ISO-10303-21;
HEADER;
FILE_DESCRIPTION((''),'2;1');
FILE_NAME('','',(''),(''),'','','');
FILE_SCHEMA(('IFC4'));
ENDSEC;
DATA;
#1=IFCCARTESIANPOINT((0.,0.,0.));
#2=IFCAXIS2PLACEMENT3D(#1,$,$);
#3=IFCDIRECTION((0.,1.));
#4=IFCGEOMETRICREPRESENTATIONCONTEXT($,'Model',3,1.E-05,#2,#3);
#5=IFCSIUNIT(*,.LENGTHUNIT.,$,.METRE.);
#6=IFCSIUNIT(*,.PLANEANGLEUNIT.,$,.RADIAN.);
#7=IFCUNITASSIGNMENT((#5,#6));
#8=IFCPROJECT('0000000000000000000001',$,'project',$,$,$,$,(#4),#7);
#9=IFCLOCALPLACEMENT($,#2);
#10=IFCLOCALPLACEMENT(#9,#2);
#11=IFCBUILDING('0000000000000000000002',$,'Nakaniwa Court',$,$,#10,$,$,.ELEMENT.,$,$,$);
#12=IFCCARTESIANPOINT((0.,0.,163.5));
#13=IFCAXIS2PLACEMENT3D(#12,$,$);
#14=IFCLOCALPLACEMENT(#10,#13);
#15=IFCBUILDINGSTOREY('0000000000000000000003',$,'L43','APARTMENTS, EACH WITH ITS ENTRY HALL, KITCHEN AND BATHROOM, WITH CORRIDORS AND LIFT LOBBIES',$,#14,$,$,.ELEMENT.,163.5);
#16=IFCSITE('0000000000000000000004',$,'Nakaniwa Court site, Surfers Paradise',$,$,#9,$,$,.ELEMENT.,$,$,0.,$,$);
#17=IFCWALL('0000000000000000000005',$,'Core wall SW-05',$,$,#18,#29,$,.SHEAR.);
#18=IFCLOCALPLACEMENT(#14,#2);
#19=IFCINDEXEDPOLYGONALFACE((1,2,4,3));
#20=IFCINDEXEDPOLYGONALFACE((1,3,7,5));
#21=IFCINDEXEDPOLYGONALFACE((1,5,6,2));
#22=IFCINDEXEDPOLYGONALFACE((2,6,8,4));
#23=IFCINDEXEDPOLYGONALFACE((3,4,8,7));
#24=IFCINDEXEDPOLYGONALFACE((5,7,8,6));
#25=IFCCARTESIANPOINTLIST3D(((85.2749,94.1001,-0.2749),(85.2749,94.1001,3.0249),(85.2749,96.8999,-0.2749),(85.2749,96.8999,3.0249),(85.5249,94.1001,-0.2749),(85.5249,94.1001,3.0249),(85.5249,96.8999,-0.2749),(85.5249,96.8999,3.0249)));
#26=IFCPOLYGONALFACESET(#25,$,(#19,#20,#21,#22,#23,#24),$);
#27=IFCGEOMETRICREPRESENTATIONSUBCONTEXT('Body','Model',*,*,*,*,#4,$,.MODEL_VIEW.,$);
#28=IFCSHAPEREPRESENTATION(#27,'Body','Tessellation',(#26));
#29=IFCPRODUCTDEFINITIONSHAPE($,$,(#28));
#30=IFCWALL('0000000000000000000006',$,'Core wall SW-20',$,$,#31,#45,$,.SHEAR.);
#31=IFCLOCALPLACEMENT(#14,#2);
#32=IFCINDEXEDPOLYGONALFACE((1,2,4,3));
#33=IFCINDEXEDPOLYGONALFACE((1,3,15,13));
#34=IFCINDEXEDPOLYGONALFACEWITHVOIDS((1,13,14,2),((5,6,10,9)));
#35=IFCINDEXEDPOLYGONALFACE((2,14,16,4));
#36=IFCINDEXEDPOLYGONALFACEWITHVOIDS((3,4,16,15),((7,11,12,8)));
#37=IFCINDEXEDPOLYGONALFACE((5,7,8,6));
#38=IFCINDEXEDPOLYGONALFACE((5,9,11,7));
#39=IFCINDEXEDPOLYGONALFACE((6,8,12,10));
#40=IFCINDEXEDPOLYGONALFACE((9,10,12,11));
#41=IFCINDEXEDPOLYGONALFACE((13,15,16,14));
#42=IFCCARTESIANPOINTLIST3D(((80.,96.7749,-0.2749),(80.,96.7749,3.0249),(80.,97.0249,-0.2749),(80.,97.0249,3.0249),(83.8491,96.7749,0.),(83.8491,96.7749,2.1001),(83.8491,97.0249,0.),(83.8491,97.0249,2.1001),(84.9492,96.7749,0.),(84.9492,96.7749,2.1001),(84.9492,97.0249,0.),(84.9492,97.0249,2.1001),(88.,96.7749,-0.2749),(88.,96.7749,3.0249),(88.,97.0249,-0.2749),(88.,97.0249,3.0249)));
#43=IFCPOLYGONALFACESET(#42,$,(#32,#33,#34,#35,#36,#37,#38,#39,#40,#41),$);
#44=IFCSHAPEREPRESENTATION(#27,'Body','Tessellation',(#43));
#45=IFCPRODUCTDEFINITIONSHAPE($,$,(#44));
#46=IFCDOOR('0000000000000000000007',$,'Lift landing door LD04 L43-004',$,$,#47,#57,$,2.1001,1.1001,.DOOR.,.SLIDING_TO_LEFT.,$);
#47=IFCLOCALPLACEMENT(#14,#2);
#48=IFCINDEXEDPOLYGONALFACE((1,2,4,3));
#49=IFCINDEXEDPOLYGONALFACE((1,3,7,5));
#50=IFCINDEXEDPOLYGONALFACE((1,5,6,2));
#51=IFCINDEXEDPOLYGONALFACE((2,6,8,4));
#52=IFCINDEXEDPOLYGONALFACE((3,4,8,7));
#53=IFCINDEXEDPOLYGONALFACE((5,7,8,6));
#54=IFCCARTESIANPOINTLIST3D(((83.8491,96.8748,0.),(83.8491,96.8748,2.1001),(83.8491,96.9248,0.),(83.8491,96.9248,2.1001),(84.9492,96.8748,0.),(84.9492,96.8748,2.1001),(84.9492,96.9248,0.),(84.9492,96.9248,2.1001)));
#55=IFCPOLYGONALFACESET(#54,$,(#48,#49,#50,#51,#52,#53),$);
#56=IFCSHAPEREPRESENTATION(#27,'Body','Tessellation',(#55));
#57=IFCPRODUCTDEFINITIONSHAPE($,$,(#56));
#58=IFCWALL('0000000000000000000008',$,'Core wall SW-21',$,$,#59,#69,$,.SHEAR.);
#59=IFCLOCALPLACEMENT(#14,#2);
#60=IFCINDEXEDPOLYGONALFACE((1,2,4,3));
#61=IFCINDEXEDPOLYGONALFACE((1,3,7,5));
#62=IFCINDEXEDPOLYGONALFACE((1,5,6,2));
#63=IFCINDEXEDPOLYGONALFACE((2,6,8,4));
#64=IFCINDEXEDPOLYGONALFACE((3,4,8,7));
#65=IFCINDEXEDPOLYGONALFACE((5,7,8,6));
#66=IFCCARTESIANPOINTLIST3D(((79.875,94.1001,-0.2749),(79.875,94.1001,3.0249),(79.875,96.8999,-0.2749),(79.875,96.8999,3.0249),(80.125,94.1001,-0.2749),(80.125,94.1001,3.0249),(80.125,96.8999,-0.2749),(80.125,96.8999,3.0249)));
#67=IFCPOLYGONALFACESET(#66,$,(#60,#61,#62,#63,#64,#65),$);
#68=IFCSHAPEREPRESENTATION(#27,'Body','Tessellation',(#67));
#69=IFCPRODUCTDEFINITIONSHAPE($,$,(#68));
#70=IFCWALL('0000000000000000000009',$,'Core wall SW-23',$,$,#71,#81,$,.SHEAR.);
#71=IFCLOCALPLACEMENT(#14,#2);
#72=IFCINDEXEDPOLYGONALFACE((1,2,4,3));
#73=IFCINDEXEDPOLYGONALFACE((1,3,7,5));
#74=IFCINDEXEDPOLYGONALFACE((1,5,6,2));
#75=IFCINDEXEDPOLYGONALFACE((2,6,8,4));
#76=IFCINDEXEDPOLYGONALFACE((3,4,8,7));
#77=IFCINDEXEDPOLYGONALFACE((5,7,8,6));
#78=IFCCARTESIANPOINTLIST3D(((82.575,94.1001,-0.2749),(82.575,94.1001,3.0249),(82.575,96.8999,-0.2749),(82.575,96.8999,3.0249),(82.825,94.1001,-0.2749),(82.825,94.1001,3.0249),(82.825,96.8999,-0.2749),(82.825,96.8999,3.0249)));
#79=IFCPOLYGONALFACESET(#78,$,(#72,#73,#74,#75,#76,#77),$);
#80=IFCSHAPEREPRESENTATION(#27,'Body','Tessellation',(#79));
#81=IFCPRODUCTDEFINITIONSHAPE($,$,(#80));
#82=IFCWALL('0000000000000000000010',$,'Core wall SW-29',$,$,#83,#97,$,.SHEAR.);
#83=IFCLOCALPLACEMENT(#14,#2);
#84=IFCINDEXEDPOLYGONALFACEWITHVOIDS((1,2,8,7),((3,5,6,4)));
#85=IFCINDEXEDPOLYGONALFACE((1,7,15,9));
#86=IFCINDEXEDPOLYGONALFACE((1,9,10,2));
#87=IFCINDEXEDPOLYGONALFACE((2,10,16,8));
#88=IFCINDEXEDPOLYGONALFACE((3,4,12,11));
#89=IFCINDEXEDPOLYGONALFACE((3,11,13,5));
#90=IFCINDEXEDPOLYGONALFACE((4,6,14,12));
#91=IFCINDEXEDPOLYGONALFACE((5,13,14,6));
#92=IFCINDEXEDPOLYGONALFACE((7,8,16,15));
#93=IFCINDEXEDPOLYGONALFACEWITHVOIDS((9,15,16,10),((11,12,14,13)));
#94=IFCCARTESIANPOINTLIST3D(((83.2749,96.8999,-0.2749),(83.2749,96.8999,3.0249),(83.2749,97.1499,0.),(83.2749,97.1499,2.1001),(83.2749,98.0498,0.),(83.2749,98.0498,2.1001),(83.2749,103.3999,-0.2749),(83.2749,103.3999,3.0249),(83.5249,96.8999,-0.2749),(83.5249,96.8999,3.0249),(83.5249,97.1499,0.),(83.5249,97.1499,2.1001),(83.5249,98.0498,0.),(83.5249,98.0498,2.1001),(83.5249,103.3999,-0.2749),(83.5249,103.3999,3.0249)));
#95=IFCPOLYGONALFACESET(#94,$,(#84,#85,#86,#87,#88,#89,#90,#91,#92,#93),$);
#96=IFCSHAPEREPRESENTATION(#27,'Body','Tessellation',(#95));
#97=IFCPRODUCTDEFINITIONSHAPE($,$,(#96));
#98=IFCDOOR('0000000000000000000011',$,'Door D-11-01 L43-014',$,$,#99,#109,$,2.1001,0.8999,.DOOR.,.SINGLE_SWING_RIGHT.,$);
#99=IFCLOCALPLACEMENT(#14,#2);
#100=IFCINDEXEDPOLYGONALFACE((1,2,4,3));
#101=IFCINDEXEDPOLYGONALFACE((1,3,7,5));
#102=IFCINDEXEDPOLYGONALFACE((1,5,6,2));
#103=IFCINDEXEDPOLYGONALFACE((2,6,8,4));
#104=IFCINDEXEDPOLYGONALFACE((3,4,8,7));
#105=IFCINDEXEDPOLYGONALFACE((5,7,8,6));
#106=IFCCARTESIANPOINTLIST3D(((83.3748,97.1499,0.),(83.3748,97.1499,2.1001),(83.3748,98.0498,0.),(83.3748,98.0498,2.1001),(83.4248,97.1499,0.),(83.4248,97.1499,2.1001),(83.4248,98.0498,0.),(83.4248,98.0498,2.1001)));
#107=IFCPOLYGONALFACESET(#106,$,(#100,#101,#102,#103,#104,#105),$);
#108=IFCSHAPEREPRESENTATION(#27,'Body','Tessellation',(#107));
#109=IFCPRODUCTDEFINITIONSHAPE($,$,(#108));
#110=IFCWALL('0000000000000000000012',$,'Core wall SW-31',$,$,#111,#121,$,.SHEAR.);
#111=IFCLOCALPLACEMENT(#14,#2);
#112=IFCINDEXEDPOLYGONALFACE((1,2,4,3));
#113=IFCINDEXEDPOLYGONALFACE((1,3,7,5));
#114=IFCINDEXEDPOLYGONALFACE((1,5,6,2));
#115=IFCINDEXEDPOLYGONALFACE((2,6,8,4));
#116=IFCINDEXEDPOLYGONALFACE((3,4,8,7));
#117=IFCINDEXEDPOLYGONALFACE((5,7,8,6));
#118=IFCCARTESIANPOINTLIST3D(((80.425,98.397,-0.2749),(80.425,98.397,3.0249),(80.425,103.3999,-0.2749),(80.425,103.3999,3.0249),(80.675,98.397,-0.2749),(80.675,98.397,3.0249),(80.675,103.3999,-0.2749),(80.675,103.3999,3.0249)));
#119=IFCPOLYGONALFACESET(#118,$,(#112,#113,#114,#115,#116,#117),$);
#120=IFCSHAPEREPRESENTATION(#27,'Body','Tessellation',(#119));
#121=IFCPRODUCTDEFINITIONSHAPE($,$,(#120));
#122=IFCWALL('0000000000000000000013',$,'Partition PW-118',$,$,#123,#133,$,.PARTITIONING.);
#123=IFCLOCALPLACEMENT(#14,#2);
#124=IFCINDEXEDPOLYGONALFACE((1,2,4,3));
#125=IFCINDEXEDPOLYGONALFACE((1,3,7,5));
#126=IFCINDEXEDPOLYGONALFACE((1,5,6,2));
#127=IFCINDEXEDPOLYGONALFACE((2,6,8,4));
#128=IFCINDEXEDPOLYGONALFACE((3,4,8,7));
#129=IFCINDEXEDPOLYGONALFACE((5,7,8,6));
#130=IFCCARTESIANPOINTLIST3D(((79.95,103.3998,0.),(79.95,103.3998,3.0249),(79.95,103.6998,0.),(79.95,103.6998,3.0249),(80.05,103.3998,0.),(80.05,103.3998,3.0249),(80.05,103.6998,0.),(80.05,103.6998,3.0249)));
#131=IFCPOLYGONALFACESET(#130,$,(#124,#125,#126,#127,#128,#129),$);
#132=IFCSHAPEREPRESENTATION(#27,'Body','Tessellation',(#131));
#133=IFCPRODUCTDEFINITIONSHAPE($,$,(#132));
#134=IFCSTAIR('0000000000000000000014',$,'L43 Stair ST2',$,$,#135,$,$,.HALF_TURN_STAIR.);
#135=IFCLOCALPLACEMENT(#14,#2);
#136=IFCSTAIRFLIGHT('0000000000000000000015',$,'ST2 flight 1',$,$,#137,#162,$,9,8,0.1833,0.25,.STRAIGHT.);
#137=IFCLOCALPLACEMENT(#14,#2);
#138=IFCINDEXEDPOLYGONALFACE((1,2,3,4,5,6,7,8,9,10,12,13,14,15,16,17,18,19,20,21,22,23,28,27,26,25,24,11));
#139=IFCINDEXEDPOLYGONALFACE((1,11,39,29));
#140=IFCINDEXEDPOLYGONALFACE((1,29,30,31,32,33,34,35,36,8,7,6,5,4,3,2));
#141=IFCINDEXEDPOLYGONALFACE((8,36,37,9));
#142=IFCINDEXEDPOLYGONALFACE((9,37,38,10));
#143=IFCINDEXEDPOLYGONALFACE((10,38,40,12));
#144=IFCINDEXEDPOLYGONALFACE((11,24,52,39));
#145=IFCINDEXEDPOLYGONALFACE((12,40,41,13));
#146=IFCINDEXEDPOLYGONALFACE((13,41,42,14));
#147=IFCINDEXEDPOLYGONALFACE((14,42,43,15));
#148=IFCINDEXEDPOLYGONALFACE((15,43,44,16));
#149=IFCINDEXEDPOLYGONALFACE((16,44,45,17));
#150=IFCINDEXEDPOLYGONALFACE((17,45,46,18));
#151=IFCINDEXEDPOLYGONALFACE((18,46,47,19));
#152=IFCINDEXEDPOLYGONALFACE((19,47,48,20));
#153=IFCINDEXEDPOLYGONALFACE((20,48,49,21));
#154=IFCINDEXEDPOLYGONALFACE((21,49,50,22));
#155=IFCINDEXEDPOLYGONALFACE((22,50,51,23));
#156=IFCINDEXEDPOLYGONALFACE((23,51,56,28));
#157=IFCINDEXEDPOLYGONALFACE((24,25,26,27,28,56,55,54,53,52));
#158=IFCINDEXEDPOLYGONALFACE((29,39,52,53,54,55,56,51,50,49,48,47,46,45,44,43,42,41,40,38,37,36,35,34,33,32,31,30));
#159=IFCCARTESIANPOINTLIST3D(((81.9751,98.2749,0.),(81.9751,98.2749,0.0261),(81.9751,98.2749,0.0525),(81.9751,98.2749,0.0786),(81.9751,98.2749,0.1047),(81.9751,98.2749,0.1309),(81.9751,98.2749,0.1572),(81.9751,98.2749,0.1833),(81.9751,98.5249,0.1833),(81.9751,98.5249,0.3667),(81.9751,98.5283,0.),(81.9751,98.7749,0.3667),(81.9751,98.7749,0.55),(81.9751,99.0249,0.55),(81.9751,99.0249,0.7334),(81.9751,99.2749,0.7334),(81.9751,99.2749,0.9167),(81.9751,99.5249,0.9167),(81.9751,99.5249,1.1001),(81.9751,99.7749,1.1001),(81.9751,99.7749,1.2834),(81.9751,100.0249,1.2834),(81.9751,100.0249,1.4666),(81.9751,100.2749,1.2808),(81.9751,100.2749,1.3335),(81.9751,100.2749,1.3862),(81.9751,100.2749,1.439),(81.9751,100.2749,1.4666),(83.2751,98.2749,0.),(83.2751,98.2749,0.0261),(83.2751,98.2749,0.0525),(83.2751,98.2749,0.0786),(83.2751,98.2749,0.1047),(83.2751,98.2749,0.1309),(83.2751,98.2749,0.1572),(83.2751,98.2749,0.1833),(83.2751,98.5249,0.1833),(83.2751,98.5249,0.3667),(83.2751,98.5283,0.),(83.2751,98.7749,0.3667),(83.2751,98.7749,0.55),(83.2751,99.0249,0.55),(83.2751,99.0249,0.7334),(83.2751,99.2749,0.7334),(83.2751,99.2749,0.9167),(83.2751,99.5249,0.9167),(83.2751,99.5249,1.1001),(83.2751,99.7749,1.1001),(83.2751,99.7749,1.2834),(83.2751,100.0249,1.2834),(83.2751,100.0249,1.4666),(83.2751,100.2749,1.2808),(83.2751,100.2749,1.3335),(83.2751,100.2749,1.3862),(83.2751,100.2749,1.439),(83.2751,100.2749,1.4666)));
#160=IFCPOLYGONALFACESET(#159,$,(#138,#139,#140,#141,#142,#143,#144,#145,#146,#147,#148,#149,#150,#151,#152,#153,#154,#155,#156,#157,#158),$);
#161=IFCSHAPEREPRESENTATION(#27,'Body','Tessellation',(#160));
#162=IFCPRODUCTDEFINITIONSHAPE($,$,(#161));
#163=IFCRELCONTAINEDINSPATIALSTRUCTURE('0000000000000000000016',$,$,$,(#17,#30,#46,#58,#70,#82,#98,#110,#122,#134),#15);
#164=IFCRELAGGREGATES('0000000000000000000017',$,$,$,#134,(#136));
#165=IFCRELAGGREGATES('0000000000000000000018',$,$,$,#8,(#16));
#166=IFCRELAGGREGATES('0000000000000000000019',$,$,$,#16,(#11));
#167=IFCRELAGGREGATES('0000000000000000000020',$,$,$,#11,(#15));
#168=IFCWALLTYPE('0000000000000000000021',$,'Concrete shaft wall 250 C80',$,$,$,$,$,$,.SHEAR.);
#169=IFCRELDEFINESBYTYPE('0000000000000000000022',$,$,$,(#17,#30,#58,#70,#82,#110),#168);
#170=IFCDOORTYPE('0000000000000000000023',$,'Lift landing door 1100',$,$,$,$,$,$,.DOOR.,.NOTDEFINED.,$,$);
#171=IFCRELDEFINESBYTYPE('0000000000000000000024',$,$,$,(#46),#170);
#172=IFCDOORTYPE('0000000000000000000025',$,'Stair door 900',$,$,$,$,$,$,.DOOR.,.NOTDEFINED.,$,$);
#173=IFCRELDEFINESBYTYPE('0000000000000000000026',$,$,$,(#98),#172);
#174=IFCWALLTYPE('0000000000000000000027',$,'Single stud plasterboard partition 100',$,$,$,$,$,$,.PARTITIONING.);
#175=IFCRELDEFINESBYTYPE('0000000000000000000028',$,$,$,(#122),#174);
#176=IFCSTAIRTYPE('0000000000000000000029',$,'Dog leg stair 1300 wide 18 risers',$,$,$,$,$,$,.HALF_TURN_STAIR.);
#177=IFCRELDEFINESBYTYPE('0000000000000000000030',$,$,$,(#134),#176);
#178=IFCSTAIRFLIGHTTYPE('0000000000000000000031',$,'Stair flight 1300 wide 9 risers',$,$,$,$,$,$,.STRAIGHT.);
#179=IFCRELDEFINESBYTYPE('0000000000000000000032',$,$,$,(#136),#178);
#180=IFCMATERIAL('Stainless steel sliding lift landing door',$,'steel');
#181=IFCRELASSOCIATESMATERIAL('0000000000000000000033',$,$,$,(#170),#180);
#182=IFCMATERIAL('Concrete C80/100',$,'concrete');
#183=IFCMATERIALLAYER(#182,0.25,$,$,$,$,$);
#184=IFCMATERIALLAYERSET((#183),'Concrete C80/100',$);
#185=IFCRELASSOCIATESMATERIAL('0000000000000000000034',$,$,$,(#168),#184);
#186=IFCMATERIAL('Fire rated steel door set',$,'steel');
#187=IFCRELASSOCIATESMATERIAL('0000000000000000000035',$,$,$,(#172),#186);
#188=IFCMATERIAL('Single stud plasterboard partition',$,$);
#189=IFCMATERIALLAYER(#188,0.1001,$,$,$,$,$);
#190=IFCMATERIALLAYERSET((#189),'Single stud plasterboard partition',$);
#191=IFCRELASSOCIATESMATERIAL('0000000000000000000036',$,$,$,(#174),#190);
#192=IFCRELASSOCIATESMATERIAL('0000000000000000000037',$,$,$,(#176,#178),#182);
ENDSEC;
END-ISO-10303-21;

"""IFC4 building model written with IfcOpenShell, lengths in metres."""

from ifc_helpers import new_model, si_unit, direction, frame, frame_2d, origin, place, context, subcontext, project, spatial, polyline, rectangle, outline, extrude, material, layer, layer_set, type_object, element, fill, aggregate, save


model = new_model("IFC4")

# Units and contexts
model_context = context("Model", 3, precision=1e-05, world=origin(), true_north=direction((0.0, 1.0)))
body_context = subcontext(model_context, "Body", "Model", "MODEL_VIEW")
ifc_project = project(units=[si_unit("LENGTHUNIT", "METRE"), si_unit("PLANEANGLEUNIT", "RADIAN")], contexts=[model_context])

# Site, building, storey
site_placement = place(None, origin())
site = spatial("IfcSite", under=ifc_project, at=site_placement, Name="Nakaniwa Court site, Surfers Paradise", CompositionType="ELEMENT", RefElevation=0.0)
building_placement = place(site_placement, origin())
building = spatial("IfcBuilding", under=site, at=building_placement, Name="Nakaniwa Court", CompositionType="ELEMENT")
storey_placement = place(building_placement, frame((0.0, 0.0, 163.5)))
storey = spatial("IfcBuildingStorey", under=building, at=storey_placement, Name="L43", Description="APARTMENTS, EACH WITH ITS ENTRY HALL, KITCHEN AND BATHROOM, WITH CORRIDORS AND LIFT LOBBIES", CompositionType="ELEMENT", Elevation=163.5)

# Shared definitions
ifc_material_1 = material(Name="Fire rated steel door set", Category="steel")
ifc_material_2 = material(Name="Concrete C80/100", Category="concrete")
ifc_material_3 = material(Name="Stainless steel sliding lift landing door", Category="steel")
door_type_1 = type_object("IfcDoorType", Name="Lift landing door 1100", OperationType="NOTDEFINED", PredefinedType="DOOR", material=ifc_material_3)

# Wall
ifc_layer_1 = layer(ifc_material_2, 0.25)
ifc_layer_set_1 = layer_set([ifc_layer_1], Name="Concrete C80/100")
wall_type_1 = type_object("IfcWallType", Name="Concrete shaft wall 250 C80", PredefinedType="SHEAR", material=ifc_layer_set_1)
wall_1_placement = place(storey_placement, frame((85.3999, 94.1001, -0.2749), z_axis=(0.0, 0.0, 1.0), x_axis=(0.0, 1.0, 0.0)))
element("IfcWall", 1, at=wall_1_placement, inside=storey, type_object=wall_type_1, Name="Core wall SW-05", PredefinedType="SHEAR", context=body_context, shape_type="SweptSolid", body=[
    extrude(rectangle(XDim=2.7998, YDim=0.25, at=frame_2d((1.3999, 0.0))), origin(), (0.0, 0.0, 1.0), 3.2998),
])

# Wall, opening, door
wall_2_placement = place(storey_placement, frame((80.0, 96.8999, -0.2749), z_axis=(0.0, 0.0, 1.0), x_axis=(1.0, 0.0, 0.0)))
wall_2 = element("IfcWall", 2, at=wall_2_placement, inside=storey, type_object=wall_type_1, Name="Core wall SW-20", PredefinedType="SHEAR", context=body_context, shape_type="SweptSolid", body=[
    extrude(rectangle(XDim=8.0, YDim=0.25, at=frame_2d((4.0, 0.0))), origin(), (0.0, 0.0, 1.0), 3.2998),
])
opening_1_placement = place(wall_2_placement, frame((3.8491, 0.0, 0.2749)))
opening_1 = element("IfcOpeningElement", 3, at=opening_1_placement, cuts=wall_2, PredefinedType="OPENING", context=body_context, shape_type="SweptSolid", body=[
    extrude(rectangle(XDim=1.1001, YDim=2.1001, at=frame_2d((0.55, 1.05))), frame((0.0, 0.135, 0.0), z_axis=(0.0, -1.0, 0.0), x_axis=(1.0, 0.0, 0.0)), (0.0, 0.0, 1.0), 0.27),
])
door_1_placement = place(opening_1_placement, origin())
door_1 = element("IfcDoor", 4, at=door_1_placement, inside=storey, type_object=door_type_1, Name="Lift landing door LD04 L43-004", OperationType="SLIDING_TO_LEFT", OverallHeight=2.1001, OverallWidth=1.1001, PredefinedType="DOOR", context=body_context, shape_type="SweptSolid", body=[
    extrude(rectangle(XDim=1.1001, YDim=2.1001, at=frame_2d((0.55, 1.05))), frame((0.0, 0.0249, 0.0), z_axis=(0.0, -1.0, 0.0), x_axis=(1.0, 0.0, 0.0)), (0.0, 0.0, 1.0), 0.05),
])
fill(opening_1, door_1)

# Walls
for number, where, z_axis, x_axis, name in (
    (5, (80.0, 94.1001, -0.2749), (0.0, 0.0, 1.0), (0.0, 1.0, 0.0), "Core wall SW-21"),
    (6, (82.7, 94.1001, -0.2749), (0.0, 0.0, 1.0), (0.0, 1.0, 0.0), "Core wall SW-23"),
):
    element("IfcWall", number, at=place(storey_placement, frame(where, z_axis=z_axis, x_axis=x_axis)), inside=storey, type_object=wall_type_1, Name=name, PredefinedType="SHEAR", context=body_context, shape_type="SweptSolid", body=[
        extrude(rectangle(XDim=2.7998, YDim=0.25, at=frame_2d((1.3999, 0.0))), origin(), (0.0, 0.0, 1.0), 3.2998),
    ])

# Wall, opening, door
wall_3_placement = place(storey_placement, frame((83.3999, 103.3999, -0.2749), z_axis=(0.0, 0.0, 1.0), x_axis=(0.0, -1.0, 0.0)))
wall_3 = element("IfcWall", 7, at=wall_3_placement, inside=storey, type_object=wall_type_1, Name="Core wall SW-29", PredefinedType="SHEAR", context=body_context, shape_type="SweptSolid", body=[
    extrude(rectangle(XDim=6.5, YDim=0.25, at=frame_2d((3.25, 0.0))), origin(), (0.0, 0.0, 1.0), 3.2998),
])
opening_2_placement = place(wall_3_placement, frame((5.3501, 0.0, 0.2749)))
opening_2 = element("IfcOpeningElement", 8, at=opening_2_placement, cuts=wall_3, PredefinedType="OPENING", context=body_context, shape_type="SweptSolid", body=[
    extrude(rectangle(XDim=0.8999, YDim=2.1001, at=frame_2d((0.45, 1.05))), frame((0.0, 0.135, 0.0), z_axis=(0.0, -1.0, 0.0), x_axis=(1.0, 0.0, 0.0)), (0.0, 0.0, 1.0), 0.27),
])
door_type_2 = type_object("IfcDoorType", Name="Stair door 900", OperationType="NOTDEFINED", PredefinedType="DOOR", material=ifc_material_1)
door_2_placement = place(opening_2_placement, origin())
door_2 = element("IfcDoor", 9, at=door_2_placement, inside=storey, type_object=door_type_2, Name="Door D-11-01 L43-014", OperationType="SINGLE_SWING_RIGHT", OverallHeight=2.1001, OverallWidth=0.8999, PredefinedType="DOOR", context=body_context, shape_type="SweptSolid", body=[
    extrude(rectangle(XDim=0.8999, YDim=2.1001, at=frame_2d((0.45, 1.05))), frame((0.0, 0.0249, 0.0), z_axis=(0.0, -1.0, 0.0), x_axis=(1.0, 0.0, 0.0)), (0.0, 0.0, 1.0), 0.05),
])
fill(opening_2, door_2)

# Walls
wall_4_placement = place(storey_placement, frame((80.55, 98.397, -0.2749), z_axis=(0.0, 0.0, 1.0), x_axis=(0.0, 1.0, 0.0)))
element("IfcWall", 10, at=wall_4_placement, inside=storey, type_object=wall_type_1, Name="Core wall SW-31", PredefinedType="SHEAR", context=body_context, shape_type="SweptSolid", body=[
    extrude(rectangle(XDim=5.0029, YDim=0.25, at=frame_2d((2.5015, 0.0))), origin(), (0.0, 0.0, 1.0), 3.2998),
])
ifc_material_4 = material(Name="Single stud plasterboard partition")
ifc_layer_2 = layer(ifc_material_4, 0.1001)
ifc_layer_set_2 = layer_set([ifc_layer_2], Name="Single stud plasterboard partition")
wall_type_2 = type_object("IfcWallType", Name="Single stud plasterboard partition 100", PredefinedType="PARTITIONING", material=ifc_layer_set_2)
wall_5_placement = place(storey_placement, frame((80.0, 103.3999, 0.0), z_axis=(0.0, 0.0, 1.0), x_axis=(0.0, 1.0, 0.0)))
element("IfcWall", 11, at=wall_5_placement, inside=storey, type_object=wall_type_2, Name="Partition PW-118", PredefinedType="PARTITIONING", context=body_context, shape_type="SweptSolid", body=[
    extrude(rectangle(XDim=0.3, YDim=0.1001, at=frame_2d((0.1499, 0.0))), origin(), (0.0, 0.0, 1.0), 3.0249),
])

# Stair, stair flight
stair_type = type_object("IfcStairType", Name="Dog leg stair 1300 wide 18 risers", PredefinedType="HALF_TURN_STAIR", material=ifc_material_2)
stair_placement = place(storey_placement, origin())
stair = element("IfcStair", 12, at=stair_placement, inside=storey, type_object=stair_type, Name="L43 Stair ST2", PredefinedType="HALF_TURN_STAIR")
stair_flight_type = type_object("IfcStairFlightType", Name="Stair flight 1300 wide 9 risers", PredefinedType="STRAIGHT", material=ifc_material_2)
stair_flight_1_placement = place(storey_placement, frame((82.625, 98.2749, 0.0), z_axis=(0.0, 0.0, 1.0), x_axis=(0.0, 1.0, 0.0)))
stair_flight_1 = element("IfcStairFlight", 13, at=stair_flight_1_placement, type_object=stair_flight_type, Name="ST2 flight 1", NumberOfRisers=9, NumberOfTreads=8, PredefinedType="STRAIGHT", RiserHeight=0.1833, TreadLength=0.25, context=body_context, shape_type="SweptSolid", body=[
    extrude(outline(polyline([(0.0, 0.0), (0.0, 0.0261), (0.0, 0.0525), (0.0, 0.0786), (0.0, 0.1047), (0.0, 0.1309), (0.0, 0.1572), (0.0, 0.1833), (0.25, 0.1833), (0.25, 0.3667), (0.5, 0.3667), (0.5, 0.55), (0.75, 0.55), (0.75, 0.7334), (1.0, 0.7334), (1.0, 0.9167), (1.25, 0.9167), (1.25, 1.1001), (1.5, 1.1001), (1.5, 1.2834), (1.75, 1.2834), (1.75, 1.4666), (2.0, 1.4666), (2.0, 1.6499), (2.0, 1.5972), (2.0, 1.5444), (2.0, 1.4917), (2.0, 1.439), (2.0, 1.3862), (2.0, 1.3335), (2.0, 1.2808), (0.2534, 0.0), (0.0, 0.0)])), frame((0.0, 0.6499, 0.0), z_axis=(0.0, -1.0, 0.0), x_axis=(1.0, 0.0, 0.0)), (0.0, 0.0, 1.0), 1.3),
])
aggregate(stair, [stair_flight_1])

save(model, "model.ifc")
